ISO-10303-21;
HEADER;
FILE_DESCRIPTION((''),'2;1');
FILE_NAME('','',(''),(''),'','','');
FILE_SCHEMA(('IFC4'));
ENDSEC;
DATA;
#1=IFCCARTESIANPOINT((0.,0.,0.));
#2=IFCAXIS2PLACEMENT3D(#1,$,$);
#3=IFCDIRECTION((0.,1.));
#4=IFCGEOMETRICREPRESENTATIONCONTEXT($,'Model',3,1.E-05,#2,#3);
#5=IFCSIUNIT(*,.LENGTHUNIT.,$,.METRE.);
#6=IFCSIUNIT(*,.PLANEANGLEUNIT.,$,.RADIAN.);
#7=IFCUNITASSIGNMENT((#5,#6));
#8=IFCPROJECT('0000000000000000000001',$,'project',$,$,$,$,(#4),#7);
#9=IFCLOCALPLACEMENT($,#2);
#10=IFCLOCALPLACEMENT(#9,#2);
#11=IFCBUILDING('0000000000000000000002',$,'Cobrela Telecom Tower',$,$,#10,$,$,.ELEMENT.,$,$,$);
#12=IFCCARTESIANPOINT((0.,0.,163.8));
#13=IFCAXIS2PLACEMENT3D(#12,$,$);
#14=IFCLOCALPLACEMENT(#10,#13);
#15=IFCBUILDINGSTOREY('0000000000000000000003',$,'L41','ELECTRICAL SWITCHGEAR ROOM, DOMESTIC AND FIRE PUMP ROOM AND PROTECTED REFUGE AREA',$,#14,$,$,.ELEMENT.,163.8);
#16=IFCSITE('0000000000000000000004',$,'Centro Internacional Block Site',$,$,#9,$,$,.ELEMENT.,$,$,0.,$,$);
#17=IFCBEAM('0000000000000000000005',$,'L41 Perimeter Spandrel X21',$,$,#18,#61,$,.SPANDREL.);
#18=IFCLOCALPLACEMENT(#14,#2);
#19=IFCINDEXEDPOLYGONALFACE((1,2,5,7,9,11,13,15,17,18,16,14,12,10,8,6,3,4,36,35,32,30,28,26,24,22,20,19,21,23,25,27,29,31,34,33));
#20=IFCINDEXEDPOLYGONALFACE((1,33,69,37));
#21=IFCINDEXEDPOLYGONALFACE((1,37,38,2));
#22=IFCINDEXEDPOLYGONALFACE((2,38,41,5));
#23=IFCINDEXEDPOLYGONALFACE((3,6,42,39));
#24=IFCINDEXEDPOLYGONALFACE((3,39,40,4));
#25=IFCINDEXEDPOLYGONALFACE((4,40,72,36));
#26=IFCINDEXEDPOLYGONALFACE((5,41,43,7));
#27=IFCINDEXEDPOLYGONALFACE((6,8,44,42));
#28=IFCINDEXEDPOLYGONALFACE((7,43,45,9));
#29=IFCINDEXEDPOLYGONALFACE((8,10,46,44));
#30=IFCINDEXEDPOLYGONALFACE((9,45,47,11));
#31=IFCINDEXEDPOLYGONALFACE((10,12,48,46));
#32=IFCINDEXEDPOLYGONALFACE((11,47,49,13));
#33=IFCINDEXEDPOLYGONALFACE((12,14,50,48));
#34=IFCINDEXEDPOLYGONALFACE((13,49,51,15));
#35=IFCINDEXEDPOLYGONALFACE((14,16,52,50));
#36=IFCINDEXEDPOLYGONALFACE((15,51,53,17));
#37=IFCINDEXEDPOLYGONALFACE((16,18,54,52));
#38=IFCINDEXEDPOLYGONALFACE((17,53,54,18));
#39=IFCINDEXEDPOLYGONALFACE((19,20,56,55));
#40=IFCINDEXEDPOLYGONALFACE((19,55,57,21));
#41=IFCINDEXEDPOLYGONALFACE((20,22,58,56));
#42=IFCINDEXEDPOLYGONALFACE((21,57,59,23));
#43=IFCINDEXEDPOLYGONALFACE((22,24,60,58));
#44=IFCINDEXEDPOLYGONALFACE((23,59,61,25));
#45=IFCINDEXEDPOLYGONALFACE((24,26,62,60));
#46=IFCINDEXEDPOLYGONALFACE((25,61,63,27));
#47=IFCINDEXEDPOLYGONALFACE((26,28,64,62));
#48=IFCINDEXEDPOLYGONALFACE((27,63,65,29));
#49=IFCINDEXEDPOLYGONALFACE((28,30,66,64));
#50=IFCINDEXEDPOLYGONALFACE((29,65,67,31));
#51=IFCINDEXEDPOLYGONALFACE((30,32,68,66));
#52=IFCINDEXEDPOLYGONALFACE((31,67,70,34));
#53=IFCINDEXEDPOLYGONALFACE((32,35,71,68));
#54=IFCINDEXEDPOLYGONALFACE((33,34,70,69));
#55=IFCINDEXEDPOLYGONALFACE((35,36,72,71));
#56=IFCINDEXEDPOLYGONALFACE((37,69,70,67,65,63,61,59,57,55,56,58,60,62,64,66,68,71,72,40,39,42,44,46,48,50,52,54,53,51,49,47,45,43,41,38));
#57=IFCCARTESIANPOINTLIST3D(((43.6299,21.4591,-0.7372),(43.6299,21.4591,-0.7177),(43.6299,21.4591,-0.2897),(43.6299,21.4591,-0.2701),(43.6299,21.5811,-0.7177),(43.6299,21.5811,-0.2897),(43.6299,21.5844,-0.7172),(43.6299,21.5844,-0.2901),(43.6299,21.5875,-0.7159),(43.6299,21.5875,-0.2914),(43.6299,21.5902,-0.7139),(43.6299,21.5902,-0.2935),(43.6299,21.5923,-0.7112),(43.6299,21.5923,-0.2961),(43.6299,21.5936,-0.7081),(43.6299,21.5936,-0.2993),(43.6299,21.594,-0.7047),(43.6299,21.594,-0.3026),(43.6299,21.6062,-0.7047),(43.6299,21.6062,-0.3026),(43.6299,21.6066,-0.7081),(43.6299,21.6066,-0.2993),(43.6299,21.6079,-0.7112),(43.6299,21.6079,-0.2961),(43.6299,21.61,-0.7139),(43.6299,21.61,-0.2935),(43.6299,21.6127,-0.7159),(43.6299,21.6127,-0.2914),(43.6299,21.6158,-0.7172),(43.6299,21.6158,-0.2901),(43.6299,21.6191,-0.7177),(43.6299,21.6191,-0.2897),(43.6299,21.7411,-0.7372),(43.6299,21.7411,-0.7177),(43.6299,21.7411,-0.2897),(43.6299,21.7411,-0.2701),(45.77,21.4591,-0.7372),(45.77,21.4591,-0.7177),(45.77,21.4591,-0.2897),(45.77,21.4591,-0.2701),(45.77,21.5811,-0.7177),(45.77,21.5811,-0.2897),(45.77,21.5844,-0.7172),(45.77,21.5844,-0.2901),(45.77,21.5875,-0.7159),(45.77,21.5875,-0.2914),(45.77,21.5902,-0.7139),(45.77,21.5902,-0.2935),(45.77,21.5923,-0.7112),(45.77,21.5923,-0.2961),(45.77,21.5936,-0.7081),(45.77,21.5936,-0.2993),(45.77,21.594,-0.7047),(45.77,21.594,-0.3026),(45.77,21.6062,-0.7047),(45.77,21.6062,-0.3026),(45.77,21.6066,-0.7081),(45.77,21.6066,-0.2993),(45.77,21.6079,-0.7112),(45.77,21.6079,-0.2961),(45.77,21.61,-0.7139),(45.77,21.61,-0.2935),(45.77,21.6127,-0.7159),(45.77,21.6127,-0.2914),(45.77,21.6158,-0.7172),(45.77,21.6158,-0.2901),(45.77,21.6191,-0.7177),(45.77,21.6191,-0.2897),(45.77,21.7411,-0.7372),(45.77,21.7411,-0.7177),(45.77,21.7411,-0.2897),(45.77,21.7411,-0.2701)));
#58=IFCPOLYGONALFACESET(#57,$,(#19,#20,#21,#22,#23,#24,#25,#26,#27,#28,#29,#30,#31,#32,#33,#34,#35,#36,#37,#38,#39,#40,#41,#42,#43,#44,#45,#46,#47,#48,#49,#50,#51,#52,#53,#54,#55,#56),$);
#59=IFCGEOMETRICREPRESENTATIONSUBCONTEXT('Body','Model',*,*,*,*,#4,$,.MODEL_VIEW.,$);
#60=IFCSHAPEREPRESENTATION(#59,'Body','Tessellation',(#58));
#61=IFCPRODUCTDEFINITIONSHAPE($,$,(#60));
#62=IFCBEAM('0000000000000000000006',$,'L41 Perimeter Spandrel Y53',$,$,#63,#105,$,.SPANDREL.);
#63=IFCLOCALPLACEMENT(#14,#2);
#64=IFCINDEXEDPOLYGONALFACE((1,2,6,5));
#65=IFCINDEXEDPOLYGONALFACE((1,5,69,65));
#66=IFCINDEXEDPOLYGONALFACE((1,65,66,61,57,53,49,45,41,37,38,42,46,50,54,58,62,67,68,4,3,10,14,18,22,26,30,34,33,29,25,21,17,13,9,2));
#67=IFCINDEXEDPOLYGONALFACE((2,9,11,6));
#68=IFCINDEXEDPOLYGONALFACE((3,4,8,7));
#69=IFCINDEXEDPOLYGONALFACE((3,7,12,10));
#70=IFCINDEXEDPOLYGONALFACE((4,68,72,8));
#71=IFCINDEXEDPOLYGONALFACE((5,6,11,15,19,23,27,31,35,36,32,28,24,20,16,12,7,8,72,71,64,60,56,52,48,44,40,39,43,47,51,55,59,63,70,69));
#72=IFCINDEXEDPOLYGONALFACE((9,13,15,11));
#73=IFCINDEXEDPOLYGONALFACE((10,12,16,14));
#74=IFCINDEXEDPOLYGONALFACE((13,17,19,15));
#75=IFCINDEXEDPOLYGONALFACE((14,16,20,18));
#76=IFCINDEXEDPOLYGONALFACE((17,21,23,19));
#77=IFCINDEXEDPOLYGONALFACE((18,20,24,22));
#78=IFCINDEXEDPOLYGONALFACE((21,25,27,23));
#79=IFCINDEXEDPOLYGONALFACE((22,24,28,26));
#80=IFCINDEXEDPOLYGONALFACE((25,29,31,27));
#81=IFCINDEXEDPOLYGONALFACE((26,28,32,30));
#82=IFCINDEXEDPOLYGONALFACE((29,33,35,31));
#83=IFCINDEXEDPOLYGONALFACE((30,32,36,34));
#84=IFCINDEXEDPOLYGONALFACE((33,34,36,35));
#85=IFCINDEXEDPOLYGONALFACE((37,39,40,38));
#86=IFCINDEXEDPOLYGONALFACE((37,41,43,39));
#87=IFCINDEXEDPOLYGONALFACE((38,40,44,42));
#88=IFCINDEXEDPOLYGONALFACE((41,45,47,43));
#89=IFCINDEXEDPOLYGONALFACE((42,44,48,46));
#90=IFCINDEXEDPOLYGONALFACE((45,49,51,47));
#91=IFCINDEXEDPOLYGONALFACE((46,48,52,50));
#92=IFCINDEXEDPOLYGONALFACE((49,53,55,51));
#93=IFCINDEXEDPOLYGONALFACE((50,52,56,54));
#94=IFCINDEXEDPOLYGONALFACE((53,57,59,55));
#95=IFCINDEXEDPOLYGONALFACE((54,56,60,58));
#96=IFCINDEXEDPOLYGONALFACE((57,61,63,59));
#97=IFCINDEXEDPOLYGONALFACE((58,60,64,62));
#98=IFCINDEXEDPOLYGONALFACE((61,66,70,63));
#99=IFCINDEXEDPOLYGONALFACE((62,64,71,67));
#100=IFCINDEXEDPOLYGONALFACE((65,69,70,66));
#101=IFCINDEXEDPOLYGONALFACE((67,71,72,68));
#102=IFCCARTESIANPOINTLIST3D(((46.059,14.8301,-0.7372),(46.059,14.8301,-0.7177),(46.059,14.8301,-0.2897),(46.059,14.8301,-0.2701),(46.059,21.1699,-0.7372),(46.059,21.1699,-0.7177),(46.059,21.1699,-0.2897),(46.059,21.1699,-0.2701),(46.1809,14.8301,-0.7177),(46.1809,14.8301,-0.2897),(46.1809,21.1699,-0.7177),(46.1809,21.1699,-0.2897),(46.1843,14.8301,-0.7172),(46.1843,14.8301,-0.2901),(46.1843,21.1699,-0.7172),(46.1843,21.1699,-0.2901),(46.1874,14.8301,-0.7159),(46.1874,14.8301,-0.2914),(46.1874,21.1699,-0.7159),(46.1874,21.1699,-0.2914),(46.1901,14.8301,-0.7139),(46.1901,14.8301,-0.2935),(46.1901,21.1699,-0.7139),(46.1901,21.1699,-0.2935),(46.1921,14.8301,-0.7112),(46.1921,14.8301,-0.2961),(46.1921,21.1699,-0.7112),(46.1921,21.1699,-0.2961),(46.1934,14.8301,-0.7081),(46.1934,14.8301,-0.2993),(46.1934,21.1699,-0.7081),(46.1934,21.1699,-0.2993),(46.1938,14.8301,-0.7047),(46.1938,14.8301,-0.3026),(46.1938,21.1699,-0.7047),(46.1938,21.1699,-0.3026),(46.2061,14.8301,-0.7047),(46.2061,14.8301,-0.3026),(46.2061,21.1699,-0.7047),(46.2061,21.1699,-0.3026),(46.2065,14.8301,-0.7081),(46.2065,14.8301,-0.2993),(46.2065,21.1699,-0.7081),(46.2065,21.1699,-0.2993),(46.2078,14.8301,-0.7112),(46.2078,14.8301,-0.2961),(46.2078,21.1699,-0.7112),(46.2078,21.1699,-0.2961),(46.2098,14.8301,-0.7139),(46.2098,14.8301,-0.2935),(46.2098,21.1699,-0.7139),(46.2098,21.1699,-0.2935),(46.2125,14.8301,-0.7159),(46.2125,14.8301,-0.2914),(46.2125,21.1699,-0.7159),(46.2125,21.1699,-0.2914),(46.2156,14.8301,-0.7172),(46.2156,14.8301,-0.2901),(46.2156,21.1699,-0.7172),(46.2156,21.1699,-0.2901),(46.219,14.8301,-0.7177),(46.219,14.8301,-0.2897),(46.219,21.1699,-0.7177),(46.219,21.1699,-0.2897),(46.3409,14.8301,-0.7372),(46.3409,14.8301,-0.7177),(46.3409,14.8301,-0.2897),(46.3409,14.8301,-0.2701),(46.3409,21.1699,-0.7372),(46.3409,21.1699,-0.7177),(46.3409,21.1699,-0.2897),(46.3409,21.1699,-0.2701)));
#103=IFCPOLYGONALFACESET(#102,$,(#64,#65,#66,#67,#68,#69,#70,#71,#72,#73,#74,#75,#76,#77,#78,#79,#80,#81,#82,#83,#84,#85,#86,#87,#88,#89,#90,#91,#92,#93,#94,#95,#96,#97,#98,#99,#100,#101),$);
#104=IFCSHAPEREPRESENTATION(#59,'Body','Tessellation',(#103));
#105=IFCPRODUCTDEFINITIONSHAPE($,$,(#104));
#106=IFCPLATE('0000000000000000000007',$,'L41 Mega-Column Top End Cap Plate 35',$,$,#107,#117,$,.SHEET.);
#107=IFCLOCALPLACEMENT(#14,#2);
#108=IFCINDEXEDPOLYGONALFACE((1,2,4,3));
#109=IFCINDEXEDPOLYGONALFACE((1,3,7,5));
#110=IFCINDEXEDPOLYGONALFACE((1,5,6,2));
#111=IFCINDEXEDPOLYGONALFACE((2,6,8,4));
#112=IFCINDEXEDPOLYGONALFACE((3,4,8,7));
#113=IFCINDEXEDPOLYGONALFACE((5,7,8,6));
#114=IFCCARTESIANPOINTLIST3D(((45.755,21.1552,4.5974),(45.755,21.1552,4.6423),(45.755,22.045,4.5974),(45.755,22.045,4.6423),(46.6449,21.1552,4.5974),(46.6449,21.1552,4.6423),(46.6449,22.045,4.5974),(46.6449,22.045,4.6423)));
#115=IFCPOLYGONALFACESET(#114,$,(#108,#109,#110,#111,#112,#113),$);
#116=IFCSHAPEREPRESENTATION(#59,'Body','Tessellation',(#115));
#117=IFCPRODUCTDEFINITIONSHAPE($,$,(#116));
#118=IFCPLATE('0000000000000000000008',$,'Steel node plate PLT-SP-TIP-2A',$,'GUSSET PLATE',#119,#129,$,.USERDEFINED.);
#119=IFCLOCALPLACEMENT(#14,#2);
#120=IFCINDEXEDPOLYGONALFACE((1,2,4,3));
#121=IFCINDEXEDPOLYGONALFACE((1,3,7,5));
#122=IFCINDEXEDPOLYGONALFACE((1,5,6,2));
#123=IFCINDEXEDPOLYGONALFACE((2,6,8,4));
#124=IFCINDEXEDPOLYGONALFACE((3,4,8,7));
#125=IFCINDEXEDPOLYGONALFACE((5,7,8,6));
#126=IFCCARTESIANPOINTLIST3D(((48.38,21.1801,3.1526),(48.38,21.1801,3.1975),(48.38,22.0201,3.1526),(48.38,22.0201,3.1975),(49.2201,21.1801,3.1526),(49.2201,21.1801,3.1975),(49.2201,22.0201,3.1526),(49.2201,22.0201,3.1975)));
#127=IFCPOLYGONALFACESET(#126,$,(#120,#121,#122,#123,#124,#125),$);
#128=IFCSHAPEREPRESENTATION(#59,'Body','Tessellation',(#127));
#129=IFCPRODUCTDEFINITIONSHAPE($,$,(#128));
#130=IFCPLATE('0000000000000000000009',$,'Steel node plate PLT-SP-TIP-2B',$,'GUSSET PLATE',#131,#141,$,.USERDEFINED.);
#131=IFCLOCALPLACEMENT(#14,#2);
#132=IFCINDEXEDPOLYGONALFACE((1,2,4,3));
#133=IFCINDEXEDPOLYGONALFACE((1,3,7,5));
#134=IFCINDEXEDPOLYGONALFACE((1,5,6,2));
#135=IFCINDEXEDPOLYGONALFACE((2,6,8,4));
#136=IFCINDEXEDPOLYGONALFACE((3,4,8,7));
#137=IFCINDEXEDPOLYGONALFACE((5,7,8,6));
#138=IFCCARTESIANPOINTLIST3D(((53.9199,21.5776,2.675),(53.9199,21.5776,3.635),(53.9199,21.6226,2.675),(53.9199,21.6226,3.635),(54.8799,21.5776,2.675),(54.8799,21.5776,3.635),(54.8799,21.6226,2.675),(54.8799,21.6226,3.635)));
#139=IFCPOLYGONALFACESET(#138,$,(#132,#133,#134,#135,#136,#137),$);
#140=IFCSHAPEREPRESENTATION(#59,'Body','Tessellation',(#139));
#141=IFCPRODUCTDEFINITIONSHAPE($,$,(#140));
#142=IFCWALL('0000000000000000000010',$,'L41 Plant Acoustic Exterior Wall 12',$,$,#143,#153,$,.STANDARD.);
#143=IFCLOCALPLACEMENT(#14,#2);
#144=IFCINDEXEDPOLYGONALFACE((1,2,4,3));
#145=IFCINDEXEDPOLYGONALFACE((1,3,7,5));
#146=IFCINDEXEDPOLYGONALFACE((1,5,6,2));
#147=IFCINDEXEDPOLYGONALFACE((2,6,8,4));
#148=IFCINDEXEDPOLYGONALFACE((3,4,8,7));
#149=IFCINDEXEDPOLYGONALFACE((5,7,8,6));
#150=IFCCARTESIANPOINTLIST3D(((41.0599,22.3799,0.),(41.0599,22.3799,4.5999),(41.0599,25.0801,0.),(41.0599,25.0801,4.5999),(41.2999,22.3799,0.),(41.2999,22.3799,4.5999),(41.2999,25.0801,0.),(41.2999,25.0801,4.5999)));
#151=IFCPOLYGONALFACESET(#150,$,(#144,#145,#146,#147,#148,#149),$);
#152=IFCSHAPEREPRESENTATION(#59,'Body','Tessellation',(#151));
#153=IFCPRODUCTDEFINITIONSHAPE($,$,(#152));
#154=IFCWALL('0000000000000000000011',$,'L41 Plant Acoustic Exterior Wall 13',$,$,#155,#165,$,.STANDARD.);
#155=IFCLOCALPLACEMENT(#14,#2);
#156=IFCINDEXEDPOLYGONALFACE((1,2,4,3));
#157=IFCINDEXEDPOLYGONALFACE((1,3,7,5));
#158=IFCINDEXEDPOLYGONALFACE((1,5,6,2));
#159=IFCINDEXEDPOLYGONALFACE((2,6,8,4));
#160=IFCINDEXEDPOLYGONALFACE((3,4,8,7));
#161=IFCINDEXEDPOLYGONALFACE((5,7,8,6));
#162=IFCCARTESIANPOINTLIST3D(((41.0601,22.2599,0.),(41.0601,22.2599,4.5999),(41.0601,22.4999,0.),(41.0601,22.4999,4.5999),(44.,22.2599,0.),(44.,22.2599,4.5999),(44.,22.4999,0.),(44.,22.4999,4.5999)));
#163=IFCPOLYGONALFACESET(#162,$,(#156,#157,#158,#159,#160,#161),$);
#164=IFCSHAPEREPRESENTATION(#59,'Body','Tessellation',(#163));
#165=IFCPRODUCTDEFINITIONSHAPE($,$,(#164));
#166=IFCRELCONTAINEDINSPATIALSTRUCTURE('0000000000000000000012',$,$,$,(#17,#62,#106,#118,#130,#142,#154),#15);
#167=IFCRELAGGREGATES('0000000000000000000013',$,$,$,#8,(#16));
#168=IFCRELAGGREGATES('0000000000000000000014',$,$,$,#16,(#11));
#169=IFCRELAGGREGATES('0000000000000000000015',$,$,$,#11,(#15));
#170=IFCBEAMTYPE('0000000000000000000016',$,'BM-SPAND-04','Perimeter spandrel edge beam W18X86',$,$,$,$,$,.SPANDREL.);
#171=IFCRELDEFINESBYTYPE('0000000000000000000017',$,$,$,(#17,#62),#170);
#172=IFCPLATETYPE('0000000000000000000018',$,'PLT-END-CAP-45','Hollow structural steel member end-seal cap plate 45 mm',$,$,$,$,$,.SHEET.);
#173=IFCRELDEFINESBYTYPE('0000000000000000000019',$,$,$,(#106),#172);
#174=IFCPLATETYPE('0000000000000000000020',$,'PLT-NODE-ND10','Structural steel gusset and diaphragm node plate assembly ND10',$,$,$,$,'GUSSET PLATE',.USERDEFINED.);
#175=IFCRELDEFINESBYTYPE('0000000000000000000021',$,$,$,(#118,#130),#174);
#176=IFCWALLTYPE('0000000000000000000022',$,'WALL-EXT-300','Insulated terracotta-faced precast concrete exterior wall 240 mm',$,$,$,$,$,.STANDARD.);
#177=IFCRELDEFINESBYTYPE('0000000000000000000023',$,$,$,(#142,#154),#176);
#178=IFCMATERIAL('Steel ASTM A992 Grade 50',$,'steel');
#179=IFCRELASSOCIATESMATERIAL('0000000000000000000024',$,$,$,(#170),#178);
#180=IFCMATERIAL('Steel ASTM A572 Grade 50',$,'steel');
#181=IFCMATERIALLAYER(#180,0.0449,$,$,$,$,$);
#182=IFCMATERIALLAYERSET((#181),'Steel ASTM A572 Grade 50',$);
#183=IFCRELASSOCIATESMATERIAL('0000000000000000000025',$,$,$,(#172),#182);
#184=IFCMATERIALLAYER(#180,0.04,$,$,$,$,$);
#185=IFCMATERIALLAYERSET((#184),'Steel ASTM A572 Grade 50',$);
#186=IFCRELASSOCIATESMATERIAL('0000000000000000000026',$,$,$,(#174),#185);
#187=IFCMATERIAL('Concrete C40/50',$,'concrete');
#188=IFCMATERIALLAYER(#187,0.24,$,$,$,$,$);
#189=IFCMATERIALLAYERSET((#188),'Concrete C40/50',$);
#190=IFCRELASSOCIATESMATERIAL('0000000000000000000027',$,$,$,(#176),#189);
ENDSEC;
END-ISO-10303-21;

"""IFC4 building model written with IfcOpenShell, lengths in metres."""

from ifc_helpers import new_model, si_unit, direction, frame, frame_2d, origin, origin_2d, place, context, subcontext, project, spatial, rectangle, i_section, extrude, material, layer, layer_set, material_profile, profile_set, type_object, element, save


model = new_model("IFC4")

# Units and contexts
model_context = context("Model", 3, precision=1e-05, world=origin(), true_north=direction((0.0, 1.0)))
body_context = subcontext(model_context, "Body", "Model", "MODEL_VIEW")
ifc_project = project(units=[si_unit("LENGTHUNIT", "METRE"), si_unit("PLANEANGLEUNIT", "RADIAN")], contexts=[model_context])

# Site, building, storey
site_placement = place(None, origin())
site = spatial("IfcSite", under=ifc_project, at=site_placement, Name="Centro Internacional Block Site", CompositionType="ELEMENT", RefElevation=0.0)
building_placement = place(site_placement, origin())
building = spatial("IfcBuilding", under=site, at=building_placement, Name="Cobrela Telecom Tower", CompositionType="ELEMENT")
storey_placement = place(building_placement, frame((0.0, 0.0, 163.8)))
storey = spatial("IfcBuildingStorey", under=building, at=storey_placement, Name="L41", Description="ELECTRICAL SWITCHGEAR ROOM, DOMESTIC AND FIRE PUMP ROOM AND PROTECTED REFUGE AREA", CompositionType="ELEMENT", Elevation=163.8)

# Shared definitions
ifc_material_1 = material(Name="Steel ASTM A992 Grade 50", Category="steel")
ifc_material_2 = material(Name="Steel ASTM A572 Grade 50", Category="steel")

# Beams
ifc_material_profile_1 = material_profile(ifc_material_1, i_section(OverallWidth=0.282, OverallDepth=0.467, WebThickness=0.0122, FlangeThickness=0.0195, FilletRadius=0.0129, at=origin_2d()), Name="W18X86")
ifc_profile_set_1 = profile_set([ifc_material_profile_1], Name="Steel ASTM A992 Grade 50")
beam_type_1 = type_object("IfcBeamType", Name="BM-SPAND-04", Description="Perimeter spandrel edge beam W18X86", PredefinedType="SPANDREL", material=ifc_profile_set_1)
beam_1_placement = place(storey_placement, frame((43.6299, 21.6001, -0.5037), z_axis=(1.0, 0.0, 0.0), x_axis=(0.0, 1.0, 0.0)))
element("IfcBeam", 1, at=beam_1_placement, inside=storey, type_object=beam_type_1, Name="L41 Perimeter Spandrel X21", PredefinedType="SPANDREL", context=body_context, shape_type="SweptSolid", body=[
    extrude(i_section(OverallWidth=0.282, OverallDepth=0.467, WebThickness=0.0122, FlangeThickness=0.0195, FilletRadius=0.0129, at=origin_2d()), origin(), (0.0, 0.0, 1.0), 2.1401),
])
beam_2_placement = place(storey_placement, frame((46.2, 14.8301, -0.5037), z_axis=(0.0, 1.0, 0.0), x_axis=(-1.0, 0.0, 0.0)))
element("IfcBeam", 2, at=beam_2_placement, inside=storey, type_object=beam_type_1, Name="L41 Perimeter Spandrel Y53", PredefinedType="SPANDREL", context=body_context, shape_type="SweptSolid", body=[
    extrude(i_section(OverallWidth=0.282, OverallDepth=0.467, WebThickness=0.0122, FlangeThickness=0.0195, FilletRadius=0.0129, at=origin_2d()), origin(), (0.0, 0.0, 1.0), 6.3398),
])

# Plates
ifc_layer_1 = layer(ifc_material_2, 0.0449)
ifc_layer_set_1 = layer_set([ifc_layer_1], Name="Steel ASTM A572 Grade 50")
plate_type_1 = type_object("IfcPlateType", Name="PLT-END-CAP-45", Description="Hollow structural steel member end-seal cap plate 45 mm", PredefinedType="SHEET", material=ifc_layer_set_1)
plate_1_placement = place(storey_placement, frame((46.2, 21.6001, 4.5974), z_axis=(0.0, 0.0, 1.0), x_axis=(1.0, 0.0, 0.0)))
element("IfcPlate", 3, at=plate_1_placement, inside=storey, type_object=plate_type_1, Name="L41 Mega-Column Top End Cap Plate 35", PredefinedType="SHEET", context=body_context, shape_type="SweptSolid", body=[
    extrude(rectangle(XDim=0.8899, YDim=0.8899, at=origin_2d()), origin(), (0.0, 0.0, 1.0), 0.0449),
])
ifc_layer_2 = layer(ifc_material_2, 0.04)
ifc_layer_set_2 = layer_set([ifc_layer_2], Name="Steel ASTM A572 Grade 50")
plate_type_2 = type_object("IfcPlateType", Name="PLT-NODE-ND10", Description="Structural steel gusset and diaphragm node plate assembly ND10", ElementType="GUSSET PLATE", PredefinedType="USERDEFINED", material=ifc_layer_set_2)
plate_2_placement = place(storey_placement, frame((48.8, 21.6001, 3.1526), z_axis=(0.0, 0.0, 1.0), x_axis=(1.0, 0.0, 0.0)))
element("IfcPlate", 4, at=plate_2_placement, inside=storey, type_object=plate_type_2, Name="Steel node plate PLT-SP-TIP-2A", ObjectType="GUSSET PLATE", PredefinedType="USERDEFINED", context=body_context, shape_type="SweptSolid", body=[
    extrude(rectangle(XDim=0.8401, YDim=0.8401, at=origin_2d()), origin(), (0.0, 0.0, 1.0), 0.0449),
])
plate_3_placement = place(storey_placement, frame((54.3999, 21.6001, 2.675), z_axis=(0.0, 0.0, 1.0), x_axis=(1.0, 0.0, 0.0)))
element("IfcPlate", 5, at=plate_3_placement, inside=storey, type_object=plate_type_2, Name="Steel node plate PLT-SP-TIP-2B", ObjectType="GUSSET PLATE", PredefinedType="USERDEFINED", context=body_context, shape_type="SweptSolid", body=[
    extrude(rectangle(XDim=0.96, YDim=0.0449, at=origin_2d()), origin(), (0.0, 0.0, 1.0), 0.96),
])

# Walls
ifc_material_3 = material(Name="Concrete C40/50", Category="concrete")
ifc_layer_3 = layer(ifc_material_3, 0.24)
ifc_layer_set_3 = layer_set([ifc_layer_3], Name="Concrete C40/50")
wall_type_1 = type_object("IfcWallType", Name="WALL-EXT-300", Description="Insulated terracotta-faced precast concrete exterior wall 240 mm", PredefinedType="STANDARD", material=ifc_layer_set_3)
wall_1_placement = place(storey_placement, frame((41.1799, 25.0801, 0.0), z_axis=(0.0, 0.0, 1.0), x_axis=(0.0, -1.0, 0.0)))
element("IfcWall", 6, at=wall_1_placement, inside=storey, type_object=wall_type_1, Name="L41 Plant Acoustic Exterior Wall 12", PredefinedType="STANDARD", context=body_context, shape_type="SweptSolid", body=[
    extrude(rectangle(XDim=2.7002, YDim=0.24, at=frame_2d((1.3501, 0.0))), origin(), (0.0, 0.0, 1.0), 4.5999),
])
wall_2_placement = place(storey_placement, frame((41.0601, 22.3799, 0.0), z_axis=(0.0, 0.0, 1.0), x_axis=(1.0, 0.0, 0.0)))
element("IfcWall", 7, at=wall_2_placement, inside=storey, type_object=wall_type_1, Name="L41 Plant Acoustic Exterior Wall 13", PredefinedType="STANDARD", context=body_context, shape_type="SweptSolid", body=[
    extrude(rectangle(XDim=2.9399, YDim=0.24, at=frame_2d((1.47, 0.0))), origin(), (0.0, 0.0, 1.0), 4.5999),
])

save(model, "model.ifc")
